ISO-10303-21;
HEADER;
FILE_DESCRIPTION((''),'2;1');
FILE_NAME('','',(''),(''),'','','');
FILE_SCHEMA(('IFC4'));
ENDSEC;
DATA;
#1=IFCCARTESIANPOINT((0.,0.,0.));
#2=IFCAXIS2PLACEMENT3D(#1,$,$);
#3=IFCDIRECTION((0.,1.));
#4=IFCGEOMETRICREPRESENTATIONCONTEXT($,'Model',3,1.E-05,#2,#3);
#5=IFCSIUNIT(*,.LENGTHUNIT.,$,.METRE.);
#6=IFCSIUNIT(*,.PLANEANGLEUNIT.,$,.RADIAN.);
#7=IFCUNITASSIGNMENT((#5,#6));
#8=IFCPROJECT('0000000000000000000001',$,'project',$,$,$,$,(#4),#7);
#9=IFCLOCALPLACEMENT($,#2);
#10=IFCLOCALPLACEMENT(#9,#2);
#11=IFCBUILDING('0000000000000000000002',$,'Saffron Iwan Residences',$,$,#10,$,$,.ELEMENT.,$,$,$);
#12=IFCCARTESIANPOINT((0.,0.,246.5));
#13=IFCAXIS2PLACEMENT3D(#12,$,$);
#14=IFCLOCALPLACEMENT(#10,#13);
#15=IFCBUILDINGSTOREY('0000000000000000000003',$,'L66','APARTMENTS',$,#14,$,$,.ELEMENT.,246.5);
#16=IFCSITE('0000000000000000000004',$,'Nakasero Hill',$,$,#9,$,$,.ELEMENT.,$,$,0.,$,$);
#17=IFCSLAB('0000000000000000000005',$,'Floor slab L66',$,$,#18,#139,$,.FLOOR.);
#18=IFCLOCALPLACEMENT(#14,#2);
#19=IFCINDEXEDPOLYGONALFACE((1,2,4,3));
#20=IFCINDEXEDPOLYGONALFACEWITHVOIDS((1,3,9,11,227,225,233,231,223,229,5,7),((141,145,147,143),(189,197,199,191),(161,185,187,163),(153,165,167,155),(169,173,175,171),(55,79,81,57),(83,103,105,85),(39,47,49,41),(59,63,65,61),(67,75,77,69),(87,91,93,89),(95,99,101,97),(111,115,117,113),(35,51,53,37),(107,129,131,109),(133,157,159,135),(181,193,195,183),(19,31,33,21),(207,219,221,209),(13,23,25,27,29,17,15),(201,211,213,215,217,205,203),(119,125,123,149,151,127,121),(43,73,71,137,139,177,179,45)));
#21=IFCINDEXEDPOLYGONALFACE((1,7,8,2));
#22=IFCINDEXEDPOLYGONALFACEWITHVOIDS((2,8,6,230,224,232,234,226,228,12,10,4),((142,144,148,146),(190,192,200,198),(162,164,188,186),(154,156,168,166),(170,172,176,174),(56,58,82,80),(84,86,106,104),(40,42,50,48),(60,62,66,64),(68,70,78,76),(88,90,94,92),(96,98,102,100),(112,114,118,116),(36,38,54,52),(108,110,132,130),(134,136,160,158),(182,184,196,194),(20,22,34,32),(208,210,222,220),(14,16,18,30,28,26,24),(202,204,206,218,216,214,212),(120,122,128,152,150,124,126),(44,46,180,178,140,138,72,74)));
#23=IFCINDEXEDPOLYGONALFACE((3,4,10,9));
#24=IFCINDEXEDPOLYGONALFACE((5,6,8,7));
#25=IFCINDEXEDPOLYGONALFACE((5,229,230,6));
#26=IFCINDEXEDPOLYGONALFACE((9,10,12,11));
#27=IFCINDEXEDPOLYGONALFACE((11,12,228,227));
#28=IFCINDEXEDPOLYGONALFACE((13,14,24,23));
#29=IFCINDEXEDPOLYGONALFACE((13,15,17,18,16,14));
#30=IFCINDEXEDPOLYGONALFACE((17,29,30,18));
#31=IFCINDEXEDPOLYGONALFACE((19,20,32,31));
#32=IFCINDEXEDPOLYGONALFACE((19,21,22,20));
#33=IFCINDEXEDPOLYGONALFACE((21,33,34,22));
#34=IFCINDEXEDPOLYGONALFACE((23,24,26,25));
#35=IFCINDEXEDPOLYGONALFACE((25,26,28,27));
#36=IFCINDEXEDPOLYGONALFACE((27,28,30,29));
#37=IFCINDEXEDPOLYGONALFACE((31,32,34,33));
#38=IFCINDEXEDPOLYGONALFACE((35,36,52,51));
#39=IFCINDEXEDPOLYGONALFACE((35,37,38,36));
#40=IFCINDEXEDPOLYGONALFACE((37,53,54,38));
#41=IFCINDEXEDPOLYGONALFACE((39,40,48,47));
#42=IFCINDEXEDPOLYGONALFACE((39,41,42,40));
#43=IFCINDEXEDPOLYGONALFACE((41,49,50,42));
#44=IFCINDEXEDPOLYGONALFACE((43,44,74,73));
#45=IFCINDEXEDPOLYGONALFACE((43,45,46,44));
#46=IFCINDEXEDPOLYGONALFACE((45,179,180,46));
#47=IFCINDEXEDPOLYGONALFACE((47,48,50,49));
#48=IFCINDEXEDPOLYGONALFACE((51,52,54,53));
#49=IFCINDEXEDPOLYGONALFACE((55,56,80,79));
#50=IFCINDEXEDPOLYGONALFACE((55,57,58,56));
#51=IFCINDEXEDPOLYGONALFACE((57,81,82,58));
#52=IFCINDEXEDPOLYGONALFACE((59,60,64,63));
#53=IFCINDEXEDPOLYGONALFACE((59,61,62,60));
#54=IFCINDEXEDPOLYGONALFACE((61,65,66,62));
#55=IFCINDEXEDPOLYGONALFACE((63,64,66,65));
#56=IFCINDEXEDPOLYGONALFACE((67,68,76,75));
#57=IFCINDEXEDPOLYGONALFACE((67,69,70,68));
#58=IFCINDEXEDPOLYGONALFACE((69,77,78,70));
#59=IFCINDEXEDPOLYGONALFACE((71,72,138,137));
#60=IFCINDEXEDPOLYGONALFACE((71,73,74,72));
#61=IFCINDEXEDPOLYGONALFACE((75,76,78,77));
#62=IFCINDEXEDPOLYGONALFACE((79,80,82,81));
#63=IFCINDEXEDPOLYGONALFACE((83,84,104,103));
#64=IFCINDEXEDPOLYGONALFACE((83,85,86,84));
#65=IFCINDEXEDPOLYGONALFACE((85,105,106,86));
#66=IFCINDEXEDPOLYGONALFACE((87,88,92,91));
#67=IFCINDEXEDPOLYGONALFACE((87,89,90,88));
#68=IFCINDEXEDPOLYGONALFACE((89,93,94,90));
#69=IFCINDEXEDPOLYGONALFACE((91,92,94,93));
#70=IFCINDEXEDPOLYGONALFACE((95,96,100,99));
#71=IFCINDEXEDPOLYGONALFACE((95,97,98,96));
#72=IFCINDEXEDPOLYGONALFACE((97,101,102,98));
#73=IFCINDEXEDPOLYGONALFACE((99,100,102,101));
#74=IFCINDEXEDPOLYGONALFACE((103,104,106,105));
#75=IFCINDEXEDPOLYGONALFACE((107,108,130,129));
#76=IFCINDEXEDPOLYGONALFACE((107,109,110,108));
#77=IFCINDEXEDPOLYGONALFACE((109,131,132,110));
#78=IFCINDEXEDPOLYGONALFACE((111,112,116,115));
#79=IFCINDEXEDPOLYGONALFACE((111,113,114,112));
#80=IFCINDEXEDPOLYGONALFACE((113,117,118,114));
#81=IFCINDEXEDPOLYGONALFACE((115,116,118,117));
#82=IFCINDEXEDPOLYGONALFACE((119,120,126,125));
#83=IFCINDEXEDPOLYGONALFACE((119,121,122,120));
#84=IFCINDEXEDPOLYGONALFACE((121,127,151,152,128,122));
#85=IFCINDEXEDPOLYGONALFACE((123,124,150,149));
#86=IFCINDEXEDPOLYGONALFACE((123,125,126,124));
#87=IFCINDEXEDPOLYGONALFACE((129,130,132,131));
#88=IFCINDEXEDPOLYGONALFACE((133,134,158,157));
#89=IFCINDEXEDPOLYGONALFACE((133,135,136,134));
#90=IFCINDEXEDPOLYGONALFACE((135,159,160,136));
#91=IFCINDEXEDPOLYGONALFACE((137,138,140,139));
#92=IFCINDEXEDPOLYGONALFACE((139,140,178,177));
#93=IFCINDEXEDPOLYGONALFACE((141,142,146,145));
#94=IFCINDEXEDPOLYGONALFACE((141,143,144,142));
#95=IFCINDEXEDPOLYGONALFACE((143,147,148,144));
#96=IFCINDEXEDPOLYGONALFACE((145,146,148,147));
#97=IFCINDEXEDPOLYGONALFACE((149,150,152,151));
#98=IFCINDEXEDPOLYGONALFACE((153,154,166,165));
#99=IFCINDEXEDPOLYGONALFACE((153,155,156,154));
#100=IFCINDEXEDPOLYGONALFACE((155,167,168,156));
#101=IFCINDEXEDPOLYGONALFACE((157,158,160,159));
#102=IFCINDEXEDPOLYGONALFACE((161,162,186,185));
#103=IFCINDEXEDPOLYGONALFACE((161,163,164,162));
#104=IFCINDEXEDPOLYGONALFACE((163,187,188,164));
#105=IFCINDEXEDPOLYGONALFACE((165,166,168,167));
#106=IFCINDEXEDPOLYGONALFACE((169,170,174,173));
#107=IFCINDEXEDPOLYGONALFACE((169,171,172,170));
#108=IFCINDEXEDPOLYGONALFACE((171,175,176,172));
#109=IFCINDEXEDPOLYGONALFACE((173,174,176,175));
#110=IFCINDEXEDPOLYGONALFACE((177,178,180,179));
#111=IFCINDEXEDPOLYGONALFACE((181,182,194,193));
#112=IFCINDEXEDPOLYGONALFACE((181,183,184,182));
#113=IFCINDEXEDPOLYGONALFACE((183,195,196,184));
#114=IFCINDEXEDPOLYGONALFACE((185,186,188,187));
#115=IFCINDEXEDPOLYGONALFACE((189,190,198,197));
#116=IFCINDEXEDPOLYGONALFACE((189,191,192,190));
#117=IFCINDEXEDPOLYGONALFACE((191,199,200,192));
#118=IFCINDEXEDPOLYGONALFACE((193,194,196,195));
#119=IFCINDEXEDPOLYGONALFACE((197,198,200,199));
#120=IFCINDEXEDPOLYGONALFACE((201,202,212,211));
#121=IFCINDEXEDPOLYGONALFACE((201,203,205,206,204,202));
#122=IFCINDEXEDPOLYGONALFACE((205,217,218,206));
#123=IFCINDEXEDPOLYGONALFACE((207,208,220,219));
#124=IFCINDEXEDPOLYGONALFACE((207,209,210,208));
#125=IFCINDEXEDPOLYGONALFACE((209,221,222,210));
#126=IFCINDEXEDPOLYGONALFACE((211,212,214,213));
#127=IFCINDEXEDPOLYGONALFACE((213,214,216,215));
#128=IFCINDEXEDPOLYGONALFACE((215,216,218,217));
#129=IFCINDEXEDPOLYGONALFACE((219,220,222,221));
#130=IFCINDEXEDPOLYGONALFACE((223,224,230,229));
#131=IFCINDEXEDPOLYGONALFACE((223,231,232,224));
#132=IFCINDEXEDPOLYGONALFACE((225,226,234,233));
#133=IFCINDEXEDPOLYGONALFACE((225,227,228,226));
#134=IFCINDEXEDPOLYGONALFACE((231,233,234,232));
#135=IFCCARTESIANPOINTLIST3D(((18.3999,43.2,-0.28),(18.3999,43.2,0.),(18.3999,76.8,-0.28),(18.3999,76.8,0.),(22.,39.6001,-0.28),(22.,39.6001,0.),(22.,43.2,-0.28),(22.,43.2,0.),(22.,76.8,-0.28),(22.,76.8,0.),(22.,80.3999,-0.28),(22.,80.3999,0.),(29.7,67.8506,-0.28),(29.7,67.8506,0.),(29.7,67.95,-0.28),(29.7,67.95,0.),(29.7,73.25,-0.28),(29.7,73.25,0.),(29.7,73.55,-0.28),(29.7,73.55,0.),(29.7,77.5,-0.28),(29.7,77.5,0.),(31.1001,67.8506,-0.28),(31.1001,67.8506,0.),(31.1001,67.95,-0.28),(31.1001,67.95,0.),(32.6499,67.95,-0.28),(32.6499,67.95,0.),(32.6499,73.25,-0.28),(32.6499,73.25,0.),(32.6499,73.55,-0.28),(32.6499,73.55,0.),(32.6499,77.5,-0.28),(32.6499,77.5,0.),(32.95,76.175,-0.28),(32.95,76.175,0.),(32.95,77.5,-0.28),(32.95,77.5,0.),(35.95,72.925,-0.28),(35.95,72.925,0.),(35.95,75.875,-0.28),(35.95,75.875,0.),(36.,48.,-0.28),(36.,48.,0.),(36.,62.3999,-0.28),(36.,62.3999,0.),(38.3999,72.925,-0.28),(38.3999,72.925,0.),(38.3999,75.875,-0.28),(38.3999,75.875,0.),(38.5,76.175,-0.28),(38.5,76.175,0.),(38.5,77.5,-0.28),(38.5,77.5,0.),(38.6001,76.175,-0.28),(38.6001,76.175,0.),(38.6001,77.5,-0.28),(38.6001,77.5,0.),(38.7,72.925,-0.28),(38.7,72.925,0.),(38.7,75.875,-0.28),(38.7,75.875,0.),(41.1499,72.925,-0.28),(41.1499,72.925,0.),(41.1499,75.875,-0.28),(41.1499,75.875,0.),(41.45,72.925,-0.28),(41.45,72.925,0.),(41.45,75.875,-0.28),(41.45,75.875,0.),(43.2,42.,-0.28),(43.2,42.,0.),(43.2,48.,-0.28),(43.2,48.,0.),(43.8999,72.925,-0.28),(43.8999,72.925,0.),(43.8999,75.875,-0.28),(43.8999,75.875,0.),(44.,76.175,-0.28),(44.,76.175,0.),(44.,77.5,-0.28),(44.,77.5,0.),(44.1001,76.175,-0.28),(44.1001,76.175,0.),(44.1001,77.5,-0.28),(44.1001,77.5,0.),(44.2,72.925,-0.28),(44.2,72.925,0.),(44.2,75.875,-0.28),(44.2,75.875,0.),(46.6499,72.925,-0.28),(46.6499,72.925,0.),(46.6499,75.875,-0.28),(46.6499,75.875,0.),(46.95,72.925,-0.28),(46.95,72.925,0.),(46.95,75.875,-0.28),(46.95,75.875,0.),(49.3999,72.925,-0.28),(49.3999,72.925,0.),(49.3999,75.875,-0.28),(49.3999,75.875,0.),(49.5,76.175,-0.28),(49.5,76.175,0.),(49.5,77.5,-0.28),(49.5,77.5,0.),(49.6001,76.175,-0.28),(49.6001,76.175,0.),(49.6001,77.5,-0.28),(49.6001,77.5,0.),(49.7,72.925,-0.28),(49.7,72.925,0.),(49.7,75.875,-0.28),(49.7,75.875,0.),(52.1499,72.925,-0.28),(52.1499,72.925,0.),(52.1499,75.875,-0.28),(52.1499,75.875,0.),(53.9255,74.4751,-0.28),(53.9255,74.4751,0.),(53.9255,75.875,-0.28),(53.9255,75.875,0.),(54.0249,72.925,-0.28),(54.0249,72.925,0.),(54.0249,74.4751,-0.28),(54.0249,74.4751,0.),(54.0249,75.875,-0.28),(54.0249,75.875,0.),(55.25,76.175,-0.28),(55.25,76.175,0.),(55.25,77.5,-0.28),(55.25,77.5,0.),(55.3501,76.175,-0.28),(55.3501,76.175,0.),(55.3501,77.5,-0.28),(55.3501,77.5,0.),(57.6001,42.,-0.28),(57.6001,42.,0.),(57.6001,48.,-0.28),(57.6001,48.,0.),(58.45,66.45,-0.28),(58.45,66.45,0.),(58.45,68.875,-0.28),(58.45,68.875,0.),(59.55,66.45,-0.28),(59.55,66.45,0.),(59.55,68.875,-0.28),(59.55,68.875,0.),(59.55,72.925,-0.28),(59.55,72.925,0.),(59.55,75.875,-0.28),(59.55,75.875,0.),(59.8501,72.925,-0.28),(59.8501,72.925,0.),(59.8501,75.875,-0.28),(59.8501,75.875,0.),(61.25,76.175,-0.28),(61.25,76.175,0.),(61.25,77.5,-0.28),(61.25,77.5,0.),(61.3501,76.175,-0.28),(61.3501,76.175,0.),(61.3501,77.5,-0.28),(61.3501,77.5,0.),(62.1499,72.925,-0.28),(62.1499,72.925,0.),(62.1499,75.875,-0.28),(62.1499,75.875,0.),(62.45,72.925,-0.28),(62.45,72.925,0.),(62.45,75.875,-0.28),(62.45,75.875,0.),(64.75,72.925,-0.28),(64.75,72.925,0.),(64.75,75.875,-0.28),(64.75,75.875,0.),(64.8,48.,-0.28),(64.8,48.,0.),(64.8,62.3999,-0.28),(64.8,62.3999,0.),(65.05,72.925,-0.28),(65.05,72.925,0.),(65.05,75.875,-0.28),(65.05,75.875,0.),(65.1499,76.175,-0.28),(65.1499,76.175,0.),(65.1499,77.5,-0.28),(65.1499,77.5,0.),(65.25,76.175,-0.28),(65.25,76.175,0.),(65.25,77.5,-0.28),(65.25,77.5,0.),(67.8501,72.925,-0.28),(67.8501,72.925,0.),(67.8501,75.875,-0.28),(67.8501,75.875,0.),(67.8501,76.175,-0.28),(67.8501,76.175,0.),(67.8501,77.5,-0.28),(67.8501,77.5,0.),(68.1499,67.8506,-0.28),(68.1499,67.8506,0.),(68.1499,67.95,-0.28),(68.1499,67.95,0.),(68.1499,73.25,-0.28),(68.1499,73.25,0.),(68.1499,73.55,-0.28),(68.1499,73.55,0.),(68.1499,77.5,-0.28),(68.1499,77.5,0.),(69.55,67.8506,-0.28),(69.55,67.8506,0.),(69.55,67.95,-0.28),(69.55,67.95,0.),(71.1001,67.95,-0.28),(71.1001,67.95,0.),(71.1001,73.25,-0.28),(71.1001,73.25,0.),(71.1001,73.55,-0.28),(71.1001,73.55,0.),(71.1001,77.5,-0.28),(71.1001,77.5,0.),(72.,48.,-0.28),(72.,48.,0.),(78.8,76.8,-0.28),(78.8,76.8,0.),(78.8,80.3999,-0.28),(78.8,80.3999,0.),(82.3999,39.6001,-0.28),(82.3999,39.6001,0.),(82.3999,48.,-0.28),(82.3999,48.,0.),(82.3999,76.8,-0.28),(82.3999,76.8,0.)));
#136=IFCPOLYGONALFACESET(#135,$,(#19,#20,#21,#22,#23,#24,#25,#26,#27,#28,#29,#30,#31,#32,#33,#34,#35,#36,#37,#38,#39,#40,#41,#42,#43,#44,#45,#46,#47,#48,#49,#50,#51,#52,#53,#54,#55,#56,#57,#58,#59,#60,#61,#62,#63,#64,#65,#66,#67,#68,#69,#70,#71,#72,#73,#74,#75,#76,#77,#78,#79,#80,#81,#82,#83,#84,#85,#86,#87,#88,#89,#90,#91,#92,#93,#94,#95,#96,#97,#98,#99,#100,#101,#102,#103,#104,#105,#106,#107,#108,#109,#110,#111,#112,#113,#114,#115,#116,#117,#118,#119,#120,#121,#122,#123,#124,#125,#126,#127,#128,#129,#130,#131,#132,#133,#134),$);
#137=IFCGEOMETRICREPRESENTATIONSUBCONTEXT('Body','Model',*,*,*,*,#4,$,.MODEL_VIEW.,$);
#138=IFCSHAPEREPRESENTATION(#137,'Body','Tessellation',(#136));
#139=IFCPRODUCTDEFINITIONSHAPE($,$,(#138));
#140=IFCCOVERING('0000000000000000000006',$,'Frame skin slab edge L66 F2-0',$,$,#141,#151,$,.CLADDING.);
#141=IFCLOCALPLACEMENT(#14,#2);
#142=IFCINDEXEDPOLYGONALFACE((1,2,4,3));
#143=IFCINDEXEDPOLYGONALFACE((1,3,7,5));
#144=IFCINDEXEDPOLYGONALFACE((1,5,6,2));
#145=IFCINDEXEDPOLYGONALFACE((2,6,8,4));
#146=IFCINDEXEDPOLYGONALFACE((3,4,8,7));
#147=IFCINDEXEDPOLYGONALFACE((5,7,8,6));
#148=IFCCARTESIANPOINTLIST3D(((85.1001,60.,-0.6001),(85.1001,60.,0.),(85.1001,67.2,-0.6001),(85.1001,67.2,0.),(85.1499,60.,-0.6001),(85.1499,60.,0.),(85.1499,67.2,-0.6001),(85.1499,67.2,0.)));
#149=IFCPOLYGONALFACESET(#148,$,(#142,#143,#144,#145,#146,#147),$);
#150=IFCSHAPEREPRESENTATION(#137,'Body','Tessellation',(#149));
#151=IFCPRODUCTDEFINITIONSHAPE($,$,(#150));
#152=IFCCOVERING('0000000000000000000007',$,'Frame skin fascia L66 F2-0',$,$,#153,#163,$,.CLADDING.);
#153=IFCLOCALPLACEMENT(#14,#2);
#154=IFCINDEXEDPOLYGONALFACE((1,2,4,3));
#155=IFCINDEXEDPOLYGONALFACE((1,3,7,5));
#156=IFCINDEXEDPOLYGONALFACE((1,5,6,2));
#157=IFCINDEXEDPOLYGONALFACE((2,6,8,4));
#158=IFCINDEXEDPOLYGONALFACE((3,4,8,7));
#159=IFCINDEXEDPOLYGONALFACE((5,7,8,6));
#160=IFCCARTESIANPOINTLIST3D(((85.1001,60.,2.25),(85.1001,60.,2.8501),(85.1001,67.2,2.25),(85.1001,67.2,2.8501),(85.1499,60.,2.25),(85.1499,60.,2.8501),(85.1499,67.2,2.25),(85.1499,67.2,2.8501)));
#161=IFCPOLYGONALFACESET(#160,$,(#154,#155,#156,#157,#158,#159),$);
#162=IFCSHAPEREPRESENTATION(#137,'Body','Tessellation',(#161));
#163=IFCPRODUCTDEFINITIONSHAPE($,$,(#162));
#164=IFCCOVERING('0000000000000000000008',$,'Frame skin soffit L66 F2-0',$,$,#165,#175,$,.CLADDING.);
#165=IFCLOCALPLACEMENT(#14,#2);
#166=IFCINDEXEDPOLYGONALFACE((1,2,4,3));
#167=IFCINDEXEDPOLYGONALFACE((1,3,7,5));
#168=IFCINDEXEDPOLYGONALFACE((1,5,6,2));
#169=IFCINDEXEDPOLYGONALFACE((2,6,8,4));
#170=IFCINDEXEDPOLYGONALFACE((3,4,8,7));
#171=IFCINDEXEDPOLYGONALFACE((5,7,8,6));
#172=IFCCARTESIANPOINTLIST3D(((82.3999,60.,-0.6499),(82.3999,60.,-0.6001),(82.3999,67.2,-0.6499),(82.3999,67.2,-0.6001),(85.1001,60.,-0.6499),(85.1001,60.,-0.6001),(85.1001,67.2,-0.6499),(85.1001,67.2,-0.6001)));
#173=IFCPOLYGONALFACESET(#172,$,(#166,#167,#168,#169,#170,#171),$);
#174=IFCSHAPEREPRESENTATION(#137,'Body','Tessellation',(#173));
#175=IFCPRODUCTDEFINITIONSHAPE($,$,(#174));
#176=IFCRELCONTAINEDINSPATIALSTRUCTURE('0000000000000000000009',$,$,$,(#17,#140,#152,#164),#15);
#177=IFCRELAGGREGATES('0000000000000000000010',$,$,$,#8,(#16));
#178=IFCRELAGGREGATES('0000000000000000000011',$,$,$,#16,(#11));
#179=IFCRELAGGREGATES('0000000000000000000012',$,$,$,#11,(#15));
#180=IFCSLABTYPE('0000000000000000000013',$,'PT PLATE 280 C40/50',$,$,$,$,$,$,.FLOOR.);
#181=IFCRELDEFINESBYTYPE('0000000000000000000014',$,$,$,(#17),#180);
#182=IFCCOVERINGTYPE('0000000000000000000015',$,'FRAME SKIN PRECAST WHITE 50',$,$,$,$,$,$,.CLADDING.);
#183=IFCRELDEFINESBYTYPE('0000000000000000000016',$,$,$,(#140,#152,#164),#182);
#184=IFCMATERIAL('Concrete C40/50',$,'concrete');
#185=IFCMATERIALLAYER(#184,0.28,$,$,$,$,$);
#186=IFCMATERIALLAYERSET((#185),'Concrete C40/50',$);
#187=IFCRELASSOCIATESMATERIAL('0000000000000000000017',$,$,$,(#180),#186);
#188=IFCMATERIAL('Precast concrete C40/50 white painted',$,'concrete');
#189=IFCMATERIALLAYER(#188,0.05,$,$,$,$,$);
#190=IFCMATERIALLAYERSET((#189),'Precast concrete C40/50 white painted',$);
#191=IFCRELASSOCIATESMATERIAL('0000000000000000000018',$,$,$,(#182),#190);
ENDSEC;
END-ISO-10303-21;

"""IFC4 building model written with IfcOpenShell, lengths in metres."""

from ifc_helpers import new_model, si_unit, direction, frame, origin, place, context, subcontext, project, spatial, polyline, outline, extrude, material, layer, layer_set, type_object, element, save


model = new_model("IFC4")

# Units and contexts
model_context = context("Model", 3, precision=1e-05, world=origin(), true_north=direction((0.0, 1.0)))
body_context = subcontext(model_context, "Body", "Model", "MODEL_VIEW")
ifc_project = project(units=[si_unit("LENGTHUNIT", "METRE"), si_unit("PLANEANGLEUNIT", "RADIAN")], contexts=[model_context])

# Site, building, storey
site_placement = place(None, origin())
site = spatial("IfcSite", under=ifc_project, at=site_placement, Name="Nakasero Hill", CompositionType="ELEMENT", RefElevation=0.0)
building_placement = place(site_placement, origin())
building = spatial("IfcBuilding", under=site, at=building_placement, Name="Saffron Iwan Residences", CompositionType="ELEMENT")
storey_placement = place(building_placement, frame((0.0, 0.0, 246.5)))
storey = spatial("IfcBuildingStorey", under=building, at=storey_placement, Name="L66", Description="APARTMENTS", CompositionType="ELEMENT", Elevation=246.5)

# Slab
ifc_material_1 = material(Name="Concrete C40/50", Category="concrete")
ifc_layer_1 = layer(ifc_material_1, 0.28)
ifc_layer_set_1 = layer_set([ifc_layer_1], Name="Concrete C40/50")
slab_type_1 = type_object("IfcSlabType", Name="PT PLATE 280 C40/50", PredefinedType="FLOOR", material=ifc_layer_set_1)
slab_1_placement = place(storey_placement, frame((0.0, 0.0, -0.28)))
element("IfcSlab", 1, at=slab_1_placement, inside=storey, type_object=slab_type_1, Name="Floor slab L66", PredefinedType="FLOOR", context=body_context, shape_type="SweptSolid", body=[
    extrude(outline(polyline([(18.3999, 43.2), (18.3999, 76.8), (22.0, 76.8), (22.0, 80.3999), (78.8, 80.3999), (78.8, 76.8), (82.3999, 76.8), (82.3999, 48.0), (72.0, 48.0), (82.3999, 39.6001), (22.0, 39.6001), (22.0, 43.2), (18.3999, 43.2)]), holes=[polyline([(64.8, 48.0), (64.8, 62.3999), (36.0, 62.3999), (36.0, 48.0), (43.2, 48.0), (43.2, 42.0), (57.6001, 42.0), (57.6001, 48.0), (64.8, 48.0)]), polyline([(29.7, 73.25), (29.7, 67.95), (29.7, 67.8506), (31.1001, 67.8506), (31.1001, 67.95), (32.6499, 67.95), (32.6499, 73.25), (29.7, 73.25)]), polyline([(38.3999, 75.875), (35.95, 75.875), (35.95, 72.925), (38.3999, 72.925), (38.3999, 75.875)]), polyline([(41.1499, 75.875), (38.7, 75.875), (38.7, 72.925), (41.1499, 72.925), (41.1499, 75.875)]), polyline([(43.8999, 72.925), (43.8999, 75.875), (41.45, 75.875), (41.45, 72.925), (43.8999, 72.925)]), polyline([(46.6499, 72.925), (46.6499, 75.875), (44.2, 75.875), (44.2, 72.925), (46.6499, 72.925)]), polyline([(49.3999, 75.875), (46.95, 75.875), (46.95, 72.925), (49.3999, 72.925), (49.3999, 75.875)]), polyline([(52.1499, 72.925), (52.1499, 75.875), (49.7, 75.875), (49.7, 72.925), (52.1499, 72.925)]), polyline([(32.6499, 73.55), (32.6499, 77.5), (29.7, 77.5), (29.7, 73.55), (32.6499, 73.55)]), polyline([(38.5, 77.5), (32.95, 77.5), (32.95, 76.175), (38.5, 76.175), (38.5, 77.5)]), polyline([(44.0, 76.175), (44.0, 77.5), (38.6001, 77.5), (38.6001, 76.175), (44.0, 76.175)]), polyline([(49.5, 76.175), (49.5, 77.5), (44.1001, 77.5), (44.1001, 76.175), (49.5, 76.175)]), polyline([(59.55, 68.875), (58.45, 68.875), (58.45, 66.45), (59.55, 66.45), (59.55, 68.875)]), polyline([(68.1499, 73.25), (68.1499, 67.95), (68.1499, 67.8506), (69.55, 67.8506), (69.55, 67.95), (71.1001, 67.95), (71.1001, 73.25), (68.1499, 73.25)]), polyline([(54.0249, 74.4751), (54.0249, 72.925), (59.55, 72.925), (59.55, 75.875), (54.0249, 75.875), (53.9255, 75.875), (53.9255, 74.4751), (54.0249, 74.4751)]), polyline([(62.1499, 72.925), (62.1499, 75.875), (59.8501, 75.875), (59.8501, 72.925), (62.1499, 72.925)]), polyline([(64.75, 72.925), (64.75, 75.875), (62.45, 75.875), (62.45, 72.925), (64.75, 72.925)]), polyline([(67.8501, 75.875), (65.05, 75.875), (65.05, 72.925), (67.8501, 72.925), (67.8501, 75.875)]), polyline([(71.1001, 73.55), (71.1001, 77.5), (68.1499, 77.5), (68.1499, 73.55), (71.1001, 73.55)]), polyline([(55.25, 76.175), (55.25, 77.5), (49.6001, 77.5), (49.6001, 76.175), (55.25, 76.175)]), polyline([(61.25, 77.5), (55.3501, 77.5), (55.3501, 76.175), (61.25, 76.175), (61.25, 77.5)]), polyline([(65.1499, 76.175), (65.1499, 77.5), (61.3501, 77.5), (61.3501, 76.175), (65.1499, 76.175)]), polyline([(67.8501, 76.175), (67.8501, 77.5), (65.25, 77.5), (65.25, 76.175), (67.8501, 76.175)])]), origin(), (0.0, 0.0, 1.0), 0.28),
])

# Coverings
ifc_material_2 = material(Name="Precast concrete C40/50 white painted", Category="concrete")
ifc_layer_2 = layer(ifc_material_2, 0.05)
ifc_layer_set_2 = layer_set([ifc_layer_2], Name="Precast concrete C40/50 white painted")
covering_type_1 = type_object("IfcCoveringType", Name="FRAME SKIN PRECAST WHITE 50", PredefinedType="CLADDING", material=ifc_layer_set_2)
for number, where, name in (
    (2, (0.0, 0.0, -0.6001), "Frame skin slab edge L66 F2-0"),
    (3, (0.0, 0.0, 2.25), "Frame skin fascia L66 F2-0"),
):
    element("IfcCovering", number, at=place(storey_placement, frame(where)), inside=storey, type_object=covering_type_1, Name=name, PredefinedType="CLADDING", context=body_context, shape_type="SweptSolid", body=[
        extrude(outline(polyline([(85.1499, 60.0), (85.1499, 67.2), (85.1001, 67.2), (85.1001, 60.0), (85.1499, 60.0)])), origin(), (0.0, 0.0, 1.0), 0.6001),
    ])
covering_1_placement = place(storey_placement, frame((0.0, 0.0, -0.6499)))
element("IfcCovering", 4, at=covering_1_placement, inside=storey, type_object=covering_type_1, Name="Frame skin soffit L66 F2-0", PredefinedType="CLADDING", context=body_context, shape_type="SweptSolid", body=[
    extrude(outline(polyline([(85.1001, 60.0), (85.1001, 67.2), (82.3999, 67.2), (82.3999, 60.0), (85.1001, 60.0)])), origin(), (0.0, 0.0, 1.0), 0.0498),
])

save(model, "model.ifc")
